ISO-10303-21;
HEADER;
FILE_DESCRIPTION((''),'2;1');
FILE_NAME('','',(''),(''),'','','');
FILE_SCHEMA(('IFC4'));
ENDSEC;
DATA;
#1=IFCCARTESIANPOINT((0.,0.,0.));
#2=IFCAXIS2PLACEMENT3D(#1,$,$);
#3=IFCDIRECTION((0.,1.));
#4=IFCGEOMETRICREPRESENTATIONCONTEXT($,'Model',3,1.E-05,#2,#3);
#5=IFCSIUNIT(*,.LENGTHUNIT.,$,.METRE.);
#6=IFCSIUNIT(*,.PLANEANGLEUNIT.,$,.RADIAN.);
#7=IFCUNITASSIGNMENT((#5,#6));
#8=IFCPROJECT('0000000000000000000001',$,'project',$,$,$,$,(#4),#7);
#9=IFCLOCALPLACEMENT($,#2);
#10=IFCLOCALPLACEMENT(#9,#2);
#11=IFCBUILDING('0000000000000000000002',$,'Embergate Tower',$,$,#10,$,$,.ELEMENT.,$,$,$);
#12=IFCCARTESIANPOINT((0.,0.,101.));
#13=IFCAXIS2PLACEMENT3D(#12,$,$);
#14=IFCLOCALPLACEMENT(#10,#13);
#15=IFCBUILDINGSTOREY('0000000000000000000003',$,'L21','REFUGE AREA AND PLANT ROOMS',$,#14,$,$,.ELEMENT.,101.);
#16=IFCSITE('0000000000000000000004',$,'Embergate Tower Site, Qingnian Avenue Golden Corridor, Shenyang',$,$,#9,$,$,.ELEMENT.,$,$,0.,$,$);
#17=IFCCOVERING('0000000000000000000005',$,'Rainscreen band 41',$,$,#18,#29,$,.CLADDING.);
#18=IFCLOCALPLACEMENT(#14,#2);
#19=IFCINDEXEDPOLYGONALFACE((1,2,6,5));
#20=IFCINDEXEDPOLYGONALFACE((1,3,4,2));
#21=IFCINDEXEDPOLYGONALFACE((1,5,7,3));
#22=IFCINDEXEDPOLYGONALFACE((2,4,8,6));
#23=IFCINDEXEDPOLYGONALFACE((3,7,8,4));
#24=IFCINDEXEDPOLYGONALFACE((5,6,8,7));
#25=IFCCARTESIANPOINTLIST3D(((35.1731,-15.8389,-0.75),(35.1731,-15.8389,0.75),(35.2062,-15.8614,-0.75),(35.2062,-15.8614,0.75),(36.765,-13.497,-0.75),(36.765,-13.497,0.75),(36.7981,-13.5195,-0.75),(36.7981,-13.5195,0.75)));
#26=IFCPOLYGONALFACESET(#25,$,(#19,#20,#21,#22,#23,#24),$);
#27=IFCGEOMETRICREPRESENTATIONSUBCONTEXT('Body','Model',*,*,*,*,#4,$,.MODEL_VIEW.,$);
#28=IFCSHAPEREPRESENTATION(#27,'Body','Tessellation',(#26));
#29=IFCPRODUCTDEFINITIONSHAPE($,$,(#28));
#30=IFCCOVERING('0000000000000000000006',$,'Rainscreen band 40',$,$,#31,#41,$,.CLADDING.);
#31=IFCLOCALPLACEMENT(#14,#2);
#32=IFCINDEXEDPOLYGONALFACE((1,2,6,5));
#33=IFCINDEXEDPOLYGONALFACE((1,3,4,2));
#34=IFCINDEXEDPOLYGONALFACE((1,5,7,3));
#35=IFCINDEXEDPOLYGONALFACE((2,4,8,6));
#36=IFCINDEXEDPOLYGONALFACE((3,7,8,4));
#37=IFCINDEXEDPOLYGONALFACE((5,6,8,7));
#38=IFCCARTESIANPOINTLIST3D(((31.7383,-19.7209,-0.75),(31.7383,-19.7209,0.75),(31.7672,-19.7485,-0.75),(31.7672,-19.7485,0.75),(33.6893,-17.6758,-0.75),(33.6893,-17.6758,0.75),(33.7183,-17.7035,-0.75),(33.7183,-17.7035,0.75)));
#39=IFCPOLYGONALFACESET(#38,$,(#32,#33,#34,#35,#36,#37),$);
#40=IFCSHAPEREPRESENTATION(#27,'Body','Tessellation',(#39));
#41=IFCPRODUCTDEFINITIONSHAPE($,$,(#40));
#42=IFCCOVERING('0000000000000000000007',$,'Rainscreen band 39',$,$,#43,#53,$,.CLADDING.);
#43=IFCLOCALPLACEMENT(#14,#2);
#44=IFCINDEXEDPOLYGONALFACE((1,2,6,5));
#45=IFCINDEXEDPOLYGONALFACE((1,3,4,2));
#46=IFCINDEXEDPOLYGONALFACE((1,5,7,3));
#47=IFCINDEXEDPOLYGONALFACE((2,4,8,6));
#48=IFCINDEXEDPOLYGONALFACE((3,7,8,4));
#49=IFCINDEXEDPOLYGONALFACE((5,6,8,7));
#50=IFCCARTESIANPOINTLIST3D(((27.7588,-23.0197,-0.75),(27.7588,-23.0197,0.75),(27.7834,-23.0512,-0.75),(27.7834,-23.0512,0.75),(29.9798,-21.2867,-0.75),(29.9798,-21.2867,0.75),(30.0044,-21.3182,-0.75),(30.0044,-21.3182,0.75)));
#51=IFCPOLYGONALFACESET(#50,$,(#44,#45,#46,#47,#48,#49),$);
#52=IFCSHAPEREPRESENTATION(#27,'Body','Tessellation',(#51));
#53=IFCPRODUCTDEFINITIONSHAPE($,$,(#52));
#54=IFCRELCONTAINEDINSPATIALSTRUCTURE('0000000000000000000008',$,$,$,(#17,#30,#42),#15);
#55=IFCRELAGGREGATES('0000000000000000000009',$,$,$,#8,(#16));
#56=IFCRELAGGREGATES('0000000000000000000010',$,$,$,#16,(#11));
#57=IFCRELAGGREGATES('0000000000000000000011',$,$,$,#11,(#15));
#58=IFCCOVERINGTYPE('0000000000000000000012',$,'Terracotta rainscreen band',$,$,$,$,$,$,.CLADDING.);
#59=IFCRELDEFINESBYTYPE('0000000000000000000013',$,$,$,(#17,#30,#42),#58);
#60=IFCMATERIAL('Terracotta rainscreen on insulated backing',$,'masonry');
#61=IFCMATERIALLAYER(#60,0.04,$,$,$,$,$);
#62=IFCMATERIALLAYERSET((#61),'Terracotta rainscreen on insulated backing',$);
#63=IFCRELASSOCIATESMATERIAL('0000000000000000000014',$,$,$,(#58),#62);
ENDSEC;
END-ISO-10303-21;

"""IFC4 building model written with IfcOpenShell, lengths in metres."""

from ifc_helpers import new_model, si_unit, direction, frame, origin, origin_2d, place, context, subcontext, project, spatial, rectangle, extrude, source, transform, mapped, material, layer, layer_set, type_object, element, save


model = new_model("IFC4")

# Units and contexts
model_context = context("Model", 3, precision=1e-05, world=origin(), true_north=direction((0.0, 1.0)))
body_context = subcontext(model_context, "Body", "Model", "MODEL_VIEW")
ifc_project = project(units=[si_unit("LENGTHUNIT", "METRE"), si_unit("PLANEANGLEUNIT", "RADIAN")], contexts=[model_context])

# Site, building, storey
site_placement = place(None, origin())
site = spatial("IfcSite", under=ifc_project, at=site_placement, Name="Embergate Tower Site, Qingnian Avenue Golden Corridor, Shenyang", CompositionType="ELEMENT", RefElevation=0.0)
building_placement = place(site_placement, origin())
building = spatial("IfcBuilding", under=site, at=building_placement, Name="Embergate Tower", CompositionType="ELEMENT")
storey_placement = place(building_placement, frame((0.0, 0.0, 101.0)))
storey = spatial("IfcBuildingStorey", under=building, at=storey_placement, Name="L21", Description="REFUGE AREA AND PLANT ROOMS", CompositionType="ELEMENT", Elevation=101.0)

# Coverings
ifc_material_1 = material(Name="Terracotta rainscreen on insulated backing", Category="masonry")
ifc_layer_1 = layer(ifc_material_1, 0.04)
ifc_layer_set_1 = layer_set([ifc_layer_1], Name="Terracotta rainscreen on insulated backing")
covering_type = type_object("IfcCoveringType", Name="Terracotta rainscreen band", PredefinedType="CLADDING", material=ifc_layer_set_1)
shared_shape_1 = source(origin(), body_context, "Body", "SweptSolid", [
    extrude(rectangle(XDim=2.8318, YDim=0.04, at=origin_2d()), origin(), (0.0, 0.0, 1.0), 1.5),
])
covering_1_placement = place(storey_placement, frame((35.9856, -14.6792, -0.75), z_axis=(0.0, 0.0, 1.0), x_axis=(0.562174, 0.827019, 0.0)))
element("IfcCovering", 1, at=covering_1_placement, inside=storey, type_object=covering_type, Name="Rainscreen band 41", PredefinedType="CLADDING", context=body_context, shape_type="MappedRepresentation", body=[
    mapped(shared_shape_1, transform((0.0, 0.0, 0.0))),
])
shared_shape_2 = source(origin(), body_context, "Body", "SweptSolid", [
    extrude(rectangle(XDim=2.8264, YDim=0.04, at=origin_2d()), origin(), (0.0, 0.0, 1.0), 1.5),
])
covering_2_placement = place(storey_placement, frame((32.7283, -18.7122, -0.75), z_axis=(0.0, 0.0, 1.0), x_axis=(0.690282, 0.723541, 0.0)))
element("IfcCovering", 2, at=covering_2_placement, inside=storey, type_object=covering_type, Name="Rainscreen band 40", PredefinedType="CLADDING", context=body_context, shape_type="MappedRepresentation", body=[
    mapped(shared_shape_2, transform((0.0, 0.0, 0.0))),
])
shared_shape_3 = source(origin(), body_context, "Body", "SweptSolid", [
    extrude(rectangle(XDim=2.8171, YDim=0.04, at=origin_2d()), origin(), (0.0, 0.0, 1.0), 1.5),
])
covering_3_placement = place(storey_placement, frame((28.8816, -22.1689, -0.75), z_axis=(0.0, 0.0, 1.0), x_axis=(0.788395, 0.615169, 0.0)))
element("IfcCovering", 3, at=covering_3_placement, inside=storey, type_object=covering_type, Name="Rainscreen band 39", PredefinedType="CLADDING", context=body_context, shape_type="MappedRepresentation", body=[
    mapped(shared_shape_3, transform((0.0, 0.0, 0.0))),
])

save(model, "model.ifc")
